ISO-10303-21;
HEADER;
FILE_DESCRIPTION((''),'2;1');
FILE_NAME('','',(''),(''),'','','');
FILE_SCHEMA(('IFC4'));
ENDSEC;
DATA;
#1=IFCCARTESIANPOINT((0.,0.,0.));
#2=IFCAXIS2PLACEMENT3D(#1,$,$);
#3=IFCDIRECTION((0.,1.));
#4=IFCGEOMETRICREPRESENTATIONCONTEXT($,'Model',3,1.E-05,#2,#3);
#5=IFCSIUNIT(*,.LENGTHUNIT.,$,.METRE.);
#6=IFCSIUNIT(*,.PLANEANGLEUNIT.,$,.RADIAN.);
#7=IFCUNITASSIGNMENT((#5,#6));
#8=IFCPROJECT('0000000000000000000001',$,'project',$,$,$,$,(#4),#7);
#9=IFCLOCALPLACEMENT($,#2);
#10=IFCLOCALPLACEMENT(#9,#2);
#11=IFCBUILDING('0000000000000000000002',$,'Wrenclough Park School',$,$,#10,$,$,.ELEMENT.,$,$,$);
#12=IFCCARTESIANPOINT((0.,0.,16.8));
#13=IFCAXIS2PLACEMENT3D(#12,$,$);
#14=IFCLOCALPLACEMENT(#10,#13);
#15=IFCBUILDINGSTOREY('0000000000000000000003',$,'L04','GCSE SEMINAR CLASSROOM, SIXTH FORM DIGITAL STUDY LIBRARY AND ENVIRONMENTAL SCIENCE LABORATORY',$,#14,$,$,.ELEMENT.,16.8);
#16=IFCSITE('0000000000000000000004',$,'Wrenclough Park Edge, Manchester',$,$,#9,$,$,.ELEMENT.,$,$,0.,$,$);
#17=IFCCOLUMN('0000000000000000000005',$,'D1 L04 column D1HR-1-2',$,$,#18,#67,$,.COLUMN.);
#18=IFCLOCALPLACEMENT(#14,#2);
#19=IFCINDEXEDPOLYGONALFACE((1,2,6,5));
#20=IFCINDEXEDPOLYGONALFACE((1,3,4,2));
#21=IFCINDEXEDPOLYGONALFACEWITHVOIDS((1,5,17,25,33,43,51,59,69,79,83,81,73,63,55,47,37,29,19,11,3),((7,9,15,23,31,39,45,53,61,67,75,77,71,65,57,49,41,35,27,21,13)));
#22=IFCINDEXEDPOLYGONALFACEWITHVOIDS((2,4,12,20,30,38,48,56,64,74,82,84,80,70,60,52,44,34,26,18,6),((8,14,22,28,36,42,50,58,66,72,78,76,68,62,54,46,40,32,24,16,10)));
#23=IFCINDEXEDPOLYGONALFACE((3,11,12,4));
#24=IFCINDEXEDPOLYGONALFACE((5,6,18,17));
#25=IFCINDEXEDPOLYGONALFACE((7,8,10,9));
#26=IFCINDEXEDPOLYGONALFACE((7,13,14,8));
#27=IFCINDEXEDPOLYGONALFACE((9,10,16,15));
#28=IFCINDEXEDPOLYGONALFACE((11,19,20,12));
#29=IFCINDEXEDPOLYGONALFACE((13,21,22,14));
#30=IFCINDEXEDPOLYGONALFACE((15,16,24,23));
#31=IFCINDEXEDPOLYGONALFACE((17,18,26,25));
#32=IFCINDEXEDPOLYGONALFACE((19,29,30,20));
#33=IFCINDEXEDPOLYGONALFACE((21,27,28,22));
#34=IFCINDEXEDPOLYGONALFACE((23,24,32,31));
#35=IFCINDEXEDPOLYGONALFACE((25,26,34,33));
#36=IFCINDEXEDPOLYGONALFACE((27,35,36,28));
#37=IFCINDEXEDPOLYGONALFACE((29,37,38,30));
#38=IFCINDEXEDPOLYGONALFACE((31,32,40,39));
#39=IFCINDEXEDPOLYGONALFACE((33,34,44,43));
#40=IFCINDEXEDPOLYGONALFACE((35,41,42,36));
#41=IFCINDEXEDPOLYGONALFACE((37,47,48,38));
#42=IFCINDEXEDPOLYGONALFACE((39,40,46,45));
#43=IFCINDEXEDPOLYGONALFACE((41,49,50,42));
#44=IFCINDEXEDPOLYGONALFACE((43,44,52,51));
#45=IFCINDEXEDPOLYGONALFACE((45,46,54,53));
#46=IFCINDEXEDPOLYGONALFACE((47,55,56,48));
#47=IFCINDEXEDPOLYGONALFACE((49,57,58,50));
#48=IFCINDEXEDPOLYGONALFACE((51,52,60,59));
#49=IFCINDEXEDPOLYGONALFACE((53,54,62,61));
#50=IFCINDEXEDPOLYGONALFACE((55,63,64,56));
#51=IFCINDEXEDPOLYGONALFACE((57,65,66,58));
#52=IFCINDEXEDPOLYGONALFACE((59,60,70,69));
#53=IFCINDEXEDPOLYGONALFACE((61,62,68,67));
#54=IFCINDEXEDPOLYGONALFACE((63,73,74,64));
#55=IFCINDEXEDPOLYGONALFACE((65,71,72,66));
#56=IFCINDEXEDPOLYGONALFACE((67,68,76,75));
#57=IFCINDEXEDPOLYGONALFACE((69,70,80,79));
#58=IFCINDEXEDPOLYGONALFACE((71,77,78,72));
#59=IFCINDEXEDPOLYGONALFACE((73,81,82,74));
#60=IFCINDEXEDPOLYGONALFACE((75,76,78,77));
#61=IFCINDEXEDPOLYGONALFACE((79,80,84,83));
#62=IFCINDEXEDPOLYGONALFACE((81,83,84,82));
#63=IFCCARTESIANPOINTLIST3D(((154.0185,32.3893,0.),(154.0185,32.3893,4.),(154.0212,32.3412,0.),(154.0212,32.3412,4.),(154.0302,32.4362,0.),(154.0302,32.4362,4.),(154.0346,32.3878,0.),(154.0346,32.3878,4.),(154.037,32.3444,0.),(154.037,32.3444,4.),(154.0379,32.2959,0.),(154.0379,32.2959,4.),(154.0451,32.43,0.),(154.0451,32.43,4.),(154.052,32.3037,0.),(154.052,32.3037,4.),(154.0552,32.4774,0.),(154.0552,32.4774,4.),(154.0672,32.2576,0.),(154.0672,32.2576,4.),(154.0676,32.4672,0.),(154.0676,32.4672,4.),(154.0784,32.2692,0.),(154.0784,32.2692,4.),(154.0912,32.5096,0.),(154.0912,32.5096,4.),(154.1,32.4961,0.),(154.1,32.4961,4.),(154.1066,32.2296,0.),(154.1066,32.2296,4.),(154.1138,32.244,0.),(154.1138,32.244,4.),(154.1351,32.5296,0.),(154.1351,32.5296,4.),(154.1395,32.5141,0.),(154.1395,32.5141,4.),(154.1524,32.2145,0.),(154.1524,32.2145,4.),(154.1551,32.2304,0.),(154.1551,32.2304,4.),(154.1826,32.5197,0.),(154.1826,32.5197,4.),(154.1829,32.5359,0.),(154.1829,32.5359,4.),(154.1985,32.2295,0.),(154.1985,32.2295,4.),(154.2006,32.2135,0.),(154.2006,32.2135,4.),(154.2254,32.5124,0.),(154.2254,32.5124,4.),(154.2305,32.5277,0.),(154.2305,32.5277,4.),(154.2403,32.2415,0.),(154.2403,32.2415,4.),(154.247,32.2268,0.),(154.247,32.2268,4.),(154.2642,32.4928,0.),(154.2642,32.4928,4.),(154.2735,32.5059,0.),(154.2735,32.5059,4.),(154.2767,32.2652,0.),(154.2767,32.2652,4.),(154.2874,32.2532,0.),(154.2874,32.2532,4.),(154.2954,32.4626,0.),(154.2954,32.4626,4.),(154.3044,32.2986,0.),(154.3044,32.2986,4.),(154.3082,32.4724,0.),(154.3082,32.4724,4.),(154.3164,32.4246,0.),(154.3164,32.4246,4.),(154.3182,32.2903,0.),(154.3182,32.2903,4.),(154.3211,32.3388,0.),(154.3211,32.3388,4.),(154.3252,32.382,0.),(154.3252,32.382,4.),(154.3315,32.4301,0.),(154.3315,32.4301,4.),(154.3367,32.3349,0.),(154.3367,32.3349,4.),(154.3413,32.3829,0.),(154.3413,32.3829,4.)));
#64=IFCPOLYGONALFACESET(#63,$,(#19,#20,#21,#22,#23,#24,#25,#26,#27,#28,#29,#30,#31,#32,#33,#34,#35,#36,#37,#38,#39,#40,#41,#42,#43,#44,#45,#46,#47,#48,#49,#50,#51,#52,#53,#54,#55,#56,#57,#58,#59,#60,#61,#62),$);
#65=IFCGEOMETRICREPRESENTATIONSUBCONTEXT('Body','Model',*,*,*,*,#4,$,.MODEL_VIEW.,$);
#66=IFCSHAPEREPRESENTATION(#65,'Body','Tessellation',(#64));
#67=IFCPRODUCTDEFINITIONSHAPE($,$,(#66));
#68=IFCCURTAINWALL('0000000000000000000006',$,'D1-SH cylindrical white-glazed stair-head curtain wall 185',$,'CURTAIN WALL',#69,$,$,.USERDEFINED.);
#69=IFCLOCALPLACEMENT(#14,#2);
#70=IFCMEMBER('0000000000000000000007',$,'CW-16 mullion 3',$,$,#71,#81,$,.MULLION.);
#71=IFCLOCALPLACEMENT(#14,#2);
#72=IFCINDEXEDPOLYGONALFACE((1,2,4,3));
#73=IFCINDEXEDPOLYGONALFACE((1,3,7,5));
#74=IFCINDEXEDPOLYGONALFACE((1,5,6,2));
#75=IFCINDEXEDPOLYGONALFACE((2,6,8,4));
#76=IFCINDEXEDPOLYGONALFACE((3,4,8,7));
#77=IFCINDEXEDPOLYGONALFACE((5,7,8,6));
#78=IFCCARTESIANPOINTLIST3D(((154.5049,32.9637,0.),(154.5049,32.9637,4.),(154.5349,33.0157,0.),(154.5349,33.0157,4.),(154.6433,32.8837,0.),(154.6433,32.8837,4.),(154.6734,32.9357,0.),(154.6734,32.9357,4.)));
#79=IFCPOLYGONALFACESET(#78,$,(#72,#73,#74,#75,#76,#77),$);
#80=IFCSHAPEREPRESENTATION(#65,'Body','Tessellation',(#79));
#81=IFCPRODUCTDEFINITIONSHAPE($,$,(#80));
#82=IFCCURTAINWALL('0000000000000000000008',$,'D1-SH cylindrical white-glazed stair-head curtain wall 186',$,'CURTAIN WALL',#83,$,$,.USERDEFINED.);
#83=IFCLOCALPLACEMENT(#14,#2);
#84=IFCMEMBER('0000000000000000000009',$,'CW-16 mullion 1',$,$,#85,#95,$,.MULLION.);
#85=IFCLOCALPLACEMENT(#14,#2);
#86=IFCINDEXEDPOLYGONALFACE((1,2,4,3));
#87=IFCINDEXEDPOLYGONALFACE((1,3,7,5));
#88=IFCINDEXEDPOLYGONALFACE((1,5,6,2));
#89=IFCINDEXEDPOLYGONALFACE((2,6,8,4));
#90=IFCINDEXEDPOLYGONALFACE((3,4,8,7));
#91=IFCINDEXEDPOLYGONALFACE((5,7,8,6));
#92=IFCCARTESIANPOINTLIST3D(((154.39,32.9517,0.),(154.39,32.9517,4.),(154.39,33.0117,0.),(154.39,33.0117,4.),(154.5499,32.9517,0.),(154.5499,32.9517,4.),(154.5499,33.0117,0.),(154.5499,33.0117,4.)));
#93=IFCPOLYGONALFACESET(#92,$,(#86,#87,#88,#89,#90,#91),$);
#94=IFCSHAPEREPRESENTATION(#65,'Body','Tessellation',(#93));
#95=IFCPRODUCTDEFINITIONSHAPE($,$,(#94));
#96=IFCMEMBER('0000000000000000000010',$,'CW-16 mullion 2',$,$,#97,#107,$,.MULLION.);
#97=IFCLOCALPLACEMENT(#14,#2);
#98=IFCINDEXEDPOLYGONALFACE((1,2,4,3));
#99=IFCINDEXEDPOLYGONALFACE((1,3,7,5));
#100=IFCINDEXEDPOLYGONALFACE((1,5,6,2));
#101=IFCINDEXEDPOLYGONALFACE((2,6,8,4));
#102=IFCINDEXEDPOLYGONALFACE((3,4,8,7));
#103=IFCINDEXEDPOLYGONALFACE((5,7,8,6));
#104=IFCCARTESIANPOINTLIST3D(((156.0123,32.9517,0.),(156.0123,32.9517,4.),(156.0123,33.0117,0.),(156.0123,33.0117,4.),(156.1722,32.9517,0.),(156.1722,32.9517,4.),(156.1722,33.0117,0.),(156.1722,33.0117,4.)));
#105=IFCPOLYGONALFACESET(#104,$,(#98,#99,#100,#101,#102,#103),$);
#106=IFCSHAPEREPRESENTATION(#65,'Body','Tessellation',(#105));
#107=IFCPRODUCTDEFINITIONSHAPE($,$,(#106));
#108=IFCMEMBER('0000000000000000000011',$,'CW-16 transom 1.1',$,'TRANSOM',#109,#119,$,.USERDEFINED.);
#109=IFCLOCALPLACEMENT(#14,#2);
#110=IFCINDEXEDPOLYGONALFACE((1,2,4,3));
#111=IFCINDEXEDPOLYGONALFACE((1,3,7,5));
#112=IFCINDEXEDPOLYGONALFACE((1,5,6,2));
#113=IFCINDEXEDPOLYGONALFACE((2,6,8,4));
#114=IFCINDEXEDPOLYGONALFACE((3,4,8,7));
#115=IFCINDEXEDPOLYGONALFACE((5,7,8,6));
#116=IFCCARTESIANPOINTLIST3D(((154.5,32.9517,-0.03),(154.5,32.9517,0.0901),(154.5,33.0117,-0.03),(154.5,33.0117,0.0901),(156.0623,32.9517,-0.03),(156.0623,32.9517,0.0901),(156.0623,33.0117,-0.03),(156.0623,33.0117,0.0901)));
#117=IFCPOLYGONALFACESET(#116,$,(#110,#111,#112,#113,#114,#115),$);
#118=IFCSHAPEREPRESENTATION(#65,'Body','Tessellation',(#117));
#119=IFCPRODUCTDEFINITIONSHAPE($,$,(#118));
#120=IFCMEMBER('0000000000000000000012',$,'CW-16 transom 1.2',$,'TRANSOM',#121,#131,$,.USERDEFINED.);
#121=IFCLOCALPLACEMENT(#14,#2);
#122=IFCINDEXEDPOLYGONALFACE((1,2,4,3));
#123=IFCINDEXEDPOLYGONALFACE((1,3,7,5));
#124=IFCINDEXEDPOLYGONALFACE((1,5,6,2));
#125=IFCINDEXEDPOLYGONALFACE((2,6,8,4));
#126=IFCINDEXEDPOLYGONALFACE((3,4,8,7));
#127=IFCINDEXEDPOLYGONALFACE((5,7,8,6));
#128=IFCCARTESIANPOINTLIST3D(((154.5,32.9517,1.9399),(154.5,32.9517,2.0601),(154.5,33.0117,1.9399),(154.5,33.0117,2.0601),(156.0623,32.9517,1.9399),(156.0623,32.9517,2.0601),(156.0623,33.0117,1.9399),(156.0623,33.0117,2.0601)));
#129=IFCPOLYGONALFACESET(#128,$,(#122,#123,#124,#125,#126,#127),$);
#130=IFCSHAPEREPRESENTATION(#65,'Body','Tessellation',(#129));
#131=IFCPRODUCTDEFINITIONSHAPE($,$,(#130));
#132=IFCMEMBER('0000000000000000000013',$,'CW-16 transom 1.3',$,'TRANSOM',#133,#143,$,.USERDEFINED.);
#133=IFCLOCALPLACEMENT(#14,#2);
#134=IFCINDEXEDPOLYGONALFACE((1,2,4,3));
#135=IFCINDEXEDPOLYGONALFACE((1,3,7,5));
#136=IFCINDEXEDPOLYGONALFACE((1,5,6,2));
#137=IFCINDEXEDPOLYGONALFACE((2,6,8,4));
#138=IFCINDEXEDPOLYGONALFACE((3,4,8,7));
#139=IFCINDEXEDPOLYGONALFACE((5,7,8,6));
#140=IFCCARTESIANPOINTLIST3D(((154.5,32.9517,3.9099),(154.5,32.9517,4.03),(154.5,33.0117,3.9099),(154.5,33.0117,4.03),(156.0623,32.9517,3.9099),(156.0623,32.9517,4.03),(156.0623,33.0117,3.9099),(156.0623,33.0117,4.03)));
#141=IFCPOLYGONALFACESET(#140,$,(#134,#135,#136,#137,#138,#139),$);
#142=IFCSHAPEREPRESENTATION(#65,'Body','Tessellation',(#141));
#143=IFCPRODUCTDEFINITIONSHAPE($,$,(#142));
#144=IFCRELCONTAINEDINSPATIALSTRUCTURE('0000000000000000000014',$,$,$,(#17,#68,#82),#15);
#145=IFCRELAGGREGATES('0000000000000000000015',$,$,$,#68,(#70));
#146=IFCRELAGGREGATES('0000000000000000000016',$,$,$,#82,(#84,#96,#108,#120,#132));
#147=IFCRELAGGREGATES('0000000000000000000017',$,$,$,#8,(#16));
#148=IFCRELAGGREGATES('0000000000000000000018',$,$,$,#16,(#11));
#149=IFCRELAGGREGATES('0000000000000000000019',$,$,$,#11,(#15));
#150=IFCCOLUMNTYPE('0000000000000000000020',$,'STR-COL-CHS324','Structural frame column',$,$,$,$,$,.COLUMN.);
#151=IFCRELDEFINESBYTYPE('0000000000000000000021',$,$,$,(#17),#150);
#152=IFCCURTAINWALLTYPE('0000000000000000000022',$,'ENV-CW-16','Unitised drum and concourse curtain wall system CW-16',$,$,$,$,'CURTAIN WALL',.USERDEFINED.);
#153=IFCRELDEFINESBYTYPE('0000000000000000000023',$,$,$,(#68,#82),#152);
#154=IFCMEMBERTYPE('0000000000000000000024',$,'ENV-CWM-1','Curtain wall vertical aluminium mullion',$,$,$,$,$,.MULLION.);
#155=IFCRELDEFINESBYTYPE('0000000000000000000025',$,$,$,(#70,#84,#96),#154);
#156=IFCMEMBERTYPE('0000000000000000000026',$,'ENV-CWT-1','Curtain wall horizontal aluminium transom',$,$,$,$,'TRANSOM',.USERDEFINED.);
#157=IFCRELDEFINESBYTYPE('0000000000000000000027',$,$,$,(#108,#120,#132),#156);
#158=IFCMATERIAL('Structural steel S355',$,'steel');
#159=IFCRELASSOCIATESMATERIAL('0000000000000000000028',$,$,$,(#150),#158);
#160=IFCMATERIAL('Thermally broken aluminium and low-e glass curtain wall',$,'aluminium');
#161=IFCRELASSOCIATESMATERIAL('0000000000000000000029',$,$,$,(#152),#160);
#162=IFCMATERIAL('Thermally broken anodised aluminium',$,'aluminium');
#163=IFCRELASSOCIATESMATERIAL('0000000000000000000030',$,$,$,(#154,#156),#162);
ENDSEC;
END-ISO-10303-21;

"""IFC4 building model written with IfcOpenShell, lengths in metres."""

from ifc_helpers import new_model, si_unit, direction, frame, origin, origin_2d, place, context, subcontext, project, spatial, rectangle, hollow_circle, extrude, material, material_profile, profile_set, type_object, element, aggregate, save


model = new_model("IFC4")

# Units and contexts
model_context = context("Model", 3, precision=1e-05, world=origin(), true_north=direction((0.0, 1.0)))
body_context = subcontext(model_context, "Body", "Model", "MODEL_VIEW")
ifc_project = project(units=[si_unit("LENGTHUNIT", "METRE"), si_unit("PLANEANGLEUNIT", "RADIAN")], contexts=[model_context])

# Site, building, storey
site_placement = place(None, origin())
site = spatial("IfcSite", under=ifc_project, at=site_placement, Name="Wrenclough Park Edge, Manchester", CompositionType="ELEMENT", RefElevation=0.0)
building_placement = place(site_placement, origin())
building = spatial("IfcBuilding", under=site, at=building_placement, Name="Wrenclough Park School", CompositionType="ELEMENT")
storey_placement = place(building_placement, frame((0.0, 0.0, 16.8)))
storey = spatial("IfcBuildingStorey", under=building, at=storey_placement, Name="L04", Description="GCSE SEMINAR CLASSROOM, SIXTH FORM DIGITAL STUDY LIBRARY AND ENVIRONMENTAL SCIENCE LABORATORY", CompositionType="ELEMENT", Elevation=16.8)

# Column
ifc_material_1 = material(Name="Structural steel S355", Category="steel")
ifc_material_profile_1 = material_profile(ifc_material_1, hollow_circle(Radius=0.1619, WallThickness=0.0161, at=origin_2d()), Name="CHS 323.9x16.0")
ifc_profile_set_1 = profile_set([ifc_material_profile_1], Name="Structural steel S355")
column_type = type_object("IfcColumnType", Name="STR-COL-CHS324", Description="Structural frame column", PredefinedType="COLUMN", material=ifc_profile_set_1)
column_placement = place(storey_placement, frame((154.1797, 32.374, 0.0), z_axis=(0.0, 0.0, 1.0), x_axis=(0.970296, -0.241922, 0.0)))
element("IfcColumn", 1, at=column_placement, inside=storey, type_object=column_type, Name="D1 L04 column D1HR-1-2", PredefinedType="COLUMN", context=body_context, shape_type="SweptSolid", body=[
    extrude(hollow_circle(Radius=0.1619, WallThickness=0.0161, at=origin_2d()), origin(), (0.0, 0.0, 1.0), 4.0),
])

# Curtain wall, member
ifc_material_2 = material(Name="Thermally broken aluminium and low-e glass curtain wall", Category="aluminium")
curtain_wall_type = type_object("IfcCurtainWallType", Name="ENV-CW-16", Description="Unitised drum and concourse curtain wall system CW-16", ElementType="CURTAIN WALL", PredefinedType="USERDEFINED", material=ifc_material_2)
curtain_wall_1_placement = place(storey_placement, origin())
curtain_wall_1 = element("IfcCurtainWall", 2, at=curtain_wall_1_placement, inside=storey, type_object=curtain_wall_type, Name="D1-SH cylindrical white-glazed stair-head curtain wall 185", ObjectType="CURTAIN WALL", PredefinedType="USERDEFINED")
ifc_material_3 = material(Name="Thermally broken anodised aluminium", Category="aluminium")
ifc_material_profile_2 = material_profile(ifc_material_3, rectangle(XDim=0.0601, YDim=0.1599, at=origin_2d()), Name="AL MULLION 60x160")
ifc_profile_set_2 = profile_set([ifc_material_profile_2], Name="Thermally broken anodised aluminium")
member_type_1 = type_object("IfcMemberType", Name="ENV-CWM-1", Description="Curtain wall vertical aluminium mullion", PredefinedType="MULLION", material=ifc_profile_set_2)
member_1_placement = place(storey_placement, frame((154.5891, 32.9497, 0.0), z_axis=(0.0, 0.0, 1.0), x_axis=(0.500015, 0.866017, 0.0)))
member_1 = element("IfcMember", 3, at=member_1_placement, type_object=member_type_1, Name="CW-16 mullion 3", PredefinedType="MULLION", context=body_context, shape_type="SweptSolid", body=[
    extrude(rectangle(XDim=0.0601, YDim=0.1599, at=origin_2d()), origin(), (0.0, 0.0, 1.0), 4.0),
])
aggregate(curtain_wall_1, [member_1])

# Curtain wall, members
curtain_wall_2_placement = place(storey_placement, origin())
curtain_wall_2 = element("IfcCurtainWall", 4, at=curtain_wall_2_placement, inside=storey, type_object=curtain_wall_type, Name="D1-SH cylindrical white-glazed stair-head curtain wall 186", ObjectType="CURTAIN WALL", PredefinedType="USERDEFINED")
member_2_placement = place(storey_placement, frame((154.47, 32.9817, 0.0), z_axis=(0.0, 0.0, 1.0), x_axis=(0.0, 1.0, 0.0)))
member_2 = element("IfcMember", 5, at=member_2_placement, type_object=member_type_1, Name="CW-16 mullion 1", PredefinedType="MULLION", context=body_context, shape_type="SweptSolid", body=[
    extrude(rectangle(XDim=0.0601, YDim=0.1599, at=origin_2d()), origin(), (0.0, 0.0, 1.0), 4.0),
])
member_3_placement = place(storey_placement, frame((156.0923, 32.9817, 0.0), z_axis=(0.0, 0.0, 1.0), x_axis=(0.0, 1.0, 0.0)))
member_3 = element("IfcMember", 6, at=member_3_placement, type_object=member_type_1, Name="CW-16 mullion 2", PredefinedType="MULLION", context=body_context, shape_type="SweptSolid", body=[
    extrude(rectangle(XDim=0.0601, YDim=0.1599, at=origin_2d()), origin(), (0.0, 0.0, 1.0), 4.0),
])
ifc_material_profile_3 = material_profile(ifc_material_3, rectangle(XDim=0.0601, YDim=0.1201, at=origin_2d()), Name="AL TRANSOM 60x120")
ifc_profile_set_3 = profile_set([ifc_material_profile_3], Name="Thermally broken anodised aluminium")
member_type_2 = type_object("IfcMemberType", Name="ENV-CWT-1", Description="Curtain wall horizontal aluminium transom", ElementType="TRANSOM", PredefinedType="USERDEFINED", material=ifc_profile_set_3)
member_4_placement = place(storey_placement, frame((154.5, 32.9817, 0.03), z_axis=(1.0, 0.0, 0.0), x_axis=(0.0, 1.0, 0.0)))
member_4 = element("IfcMember", 7, at=member_4_placement, type_object=member_type_2, Name="CW-16 transom 1.1", ObjectType="TRANSOM", PredefinedType="USERDEFINED", context=body_context, shape_type="SweptSolid", body=[
    extrude(rectangle(XDim=0.0601, YDim=0.1201, at=origin_2d()), origin(), (0.0, 0.0, 1.0), 1.5623),
])
member_5_placement = place(storey_placement, frame((154.5, 32.9817, 2.0), z_axis=(1.0, 0.0, 0.0), x_axis=(0.0, 1.0, 0.0)))
member_5 = element("IfcMember", 8, at=member_5_placement, type_object=member_type_2, Name="CW-16 transom 1.2", ObjectType="TRANSOM", PredefinedType="USERDEFINED", context=body_context, shape_type="SweptSolid", body=[
    extrude(rectangle(XDim=0.0601, YDim=0.1201, at=origin_2d()), origin(), (0.0, 0.0, 1.0), 1.5623),
])
member_6_placement = place(storey_placement, frame((154.5, 32.9817, 3.97), z_axis=(1.0, 0.0, 0.0), x_axis=(0.0, 1.0, 0.0)))
member_6 = element("IfcMember", 9, at=member_6_placement, type_object=member_type_2, Name="CW-16 transom 1.3", ObjectType="TRANSOM", PredefinedType="USERDEFINED", context=body_context, shape_type="SweptSolid", body=[
    extrude(rectangle(XDim=0.0601, YDim=0.1201, at=origin_2d()), origin(), (0.0, 0.0, 1.0), 1.5623),
])

aggregate(curtain_wall_2, [member_2, member_3, member_4, member_5, member_6])

save(model, "model.ifc")
